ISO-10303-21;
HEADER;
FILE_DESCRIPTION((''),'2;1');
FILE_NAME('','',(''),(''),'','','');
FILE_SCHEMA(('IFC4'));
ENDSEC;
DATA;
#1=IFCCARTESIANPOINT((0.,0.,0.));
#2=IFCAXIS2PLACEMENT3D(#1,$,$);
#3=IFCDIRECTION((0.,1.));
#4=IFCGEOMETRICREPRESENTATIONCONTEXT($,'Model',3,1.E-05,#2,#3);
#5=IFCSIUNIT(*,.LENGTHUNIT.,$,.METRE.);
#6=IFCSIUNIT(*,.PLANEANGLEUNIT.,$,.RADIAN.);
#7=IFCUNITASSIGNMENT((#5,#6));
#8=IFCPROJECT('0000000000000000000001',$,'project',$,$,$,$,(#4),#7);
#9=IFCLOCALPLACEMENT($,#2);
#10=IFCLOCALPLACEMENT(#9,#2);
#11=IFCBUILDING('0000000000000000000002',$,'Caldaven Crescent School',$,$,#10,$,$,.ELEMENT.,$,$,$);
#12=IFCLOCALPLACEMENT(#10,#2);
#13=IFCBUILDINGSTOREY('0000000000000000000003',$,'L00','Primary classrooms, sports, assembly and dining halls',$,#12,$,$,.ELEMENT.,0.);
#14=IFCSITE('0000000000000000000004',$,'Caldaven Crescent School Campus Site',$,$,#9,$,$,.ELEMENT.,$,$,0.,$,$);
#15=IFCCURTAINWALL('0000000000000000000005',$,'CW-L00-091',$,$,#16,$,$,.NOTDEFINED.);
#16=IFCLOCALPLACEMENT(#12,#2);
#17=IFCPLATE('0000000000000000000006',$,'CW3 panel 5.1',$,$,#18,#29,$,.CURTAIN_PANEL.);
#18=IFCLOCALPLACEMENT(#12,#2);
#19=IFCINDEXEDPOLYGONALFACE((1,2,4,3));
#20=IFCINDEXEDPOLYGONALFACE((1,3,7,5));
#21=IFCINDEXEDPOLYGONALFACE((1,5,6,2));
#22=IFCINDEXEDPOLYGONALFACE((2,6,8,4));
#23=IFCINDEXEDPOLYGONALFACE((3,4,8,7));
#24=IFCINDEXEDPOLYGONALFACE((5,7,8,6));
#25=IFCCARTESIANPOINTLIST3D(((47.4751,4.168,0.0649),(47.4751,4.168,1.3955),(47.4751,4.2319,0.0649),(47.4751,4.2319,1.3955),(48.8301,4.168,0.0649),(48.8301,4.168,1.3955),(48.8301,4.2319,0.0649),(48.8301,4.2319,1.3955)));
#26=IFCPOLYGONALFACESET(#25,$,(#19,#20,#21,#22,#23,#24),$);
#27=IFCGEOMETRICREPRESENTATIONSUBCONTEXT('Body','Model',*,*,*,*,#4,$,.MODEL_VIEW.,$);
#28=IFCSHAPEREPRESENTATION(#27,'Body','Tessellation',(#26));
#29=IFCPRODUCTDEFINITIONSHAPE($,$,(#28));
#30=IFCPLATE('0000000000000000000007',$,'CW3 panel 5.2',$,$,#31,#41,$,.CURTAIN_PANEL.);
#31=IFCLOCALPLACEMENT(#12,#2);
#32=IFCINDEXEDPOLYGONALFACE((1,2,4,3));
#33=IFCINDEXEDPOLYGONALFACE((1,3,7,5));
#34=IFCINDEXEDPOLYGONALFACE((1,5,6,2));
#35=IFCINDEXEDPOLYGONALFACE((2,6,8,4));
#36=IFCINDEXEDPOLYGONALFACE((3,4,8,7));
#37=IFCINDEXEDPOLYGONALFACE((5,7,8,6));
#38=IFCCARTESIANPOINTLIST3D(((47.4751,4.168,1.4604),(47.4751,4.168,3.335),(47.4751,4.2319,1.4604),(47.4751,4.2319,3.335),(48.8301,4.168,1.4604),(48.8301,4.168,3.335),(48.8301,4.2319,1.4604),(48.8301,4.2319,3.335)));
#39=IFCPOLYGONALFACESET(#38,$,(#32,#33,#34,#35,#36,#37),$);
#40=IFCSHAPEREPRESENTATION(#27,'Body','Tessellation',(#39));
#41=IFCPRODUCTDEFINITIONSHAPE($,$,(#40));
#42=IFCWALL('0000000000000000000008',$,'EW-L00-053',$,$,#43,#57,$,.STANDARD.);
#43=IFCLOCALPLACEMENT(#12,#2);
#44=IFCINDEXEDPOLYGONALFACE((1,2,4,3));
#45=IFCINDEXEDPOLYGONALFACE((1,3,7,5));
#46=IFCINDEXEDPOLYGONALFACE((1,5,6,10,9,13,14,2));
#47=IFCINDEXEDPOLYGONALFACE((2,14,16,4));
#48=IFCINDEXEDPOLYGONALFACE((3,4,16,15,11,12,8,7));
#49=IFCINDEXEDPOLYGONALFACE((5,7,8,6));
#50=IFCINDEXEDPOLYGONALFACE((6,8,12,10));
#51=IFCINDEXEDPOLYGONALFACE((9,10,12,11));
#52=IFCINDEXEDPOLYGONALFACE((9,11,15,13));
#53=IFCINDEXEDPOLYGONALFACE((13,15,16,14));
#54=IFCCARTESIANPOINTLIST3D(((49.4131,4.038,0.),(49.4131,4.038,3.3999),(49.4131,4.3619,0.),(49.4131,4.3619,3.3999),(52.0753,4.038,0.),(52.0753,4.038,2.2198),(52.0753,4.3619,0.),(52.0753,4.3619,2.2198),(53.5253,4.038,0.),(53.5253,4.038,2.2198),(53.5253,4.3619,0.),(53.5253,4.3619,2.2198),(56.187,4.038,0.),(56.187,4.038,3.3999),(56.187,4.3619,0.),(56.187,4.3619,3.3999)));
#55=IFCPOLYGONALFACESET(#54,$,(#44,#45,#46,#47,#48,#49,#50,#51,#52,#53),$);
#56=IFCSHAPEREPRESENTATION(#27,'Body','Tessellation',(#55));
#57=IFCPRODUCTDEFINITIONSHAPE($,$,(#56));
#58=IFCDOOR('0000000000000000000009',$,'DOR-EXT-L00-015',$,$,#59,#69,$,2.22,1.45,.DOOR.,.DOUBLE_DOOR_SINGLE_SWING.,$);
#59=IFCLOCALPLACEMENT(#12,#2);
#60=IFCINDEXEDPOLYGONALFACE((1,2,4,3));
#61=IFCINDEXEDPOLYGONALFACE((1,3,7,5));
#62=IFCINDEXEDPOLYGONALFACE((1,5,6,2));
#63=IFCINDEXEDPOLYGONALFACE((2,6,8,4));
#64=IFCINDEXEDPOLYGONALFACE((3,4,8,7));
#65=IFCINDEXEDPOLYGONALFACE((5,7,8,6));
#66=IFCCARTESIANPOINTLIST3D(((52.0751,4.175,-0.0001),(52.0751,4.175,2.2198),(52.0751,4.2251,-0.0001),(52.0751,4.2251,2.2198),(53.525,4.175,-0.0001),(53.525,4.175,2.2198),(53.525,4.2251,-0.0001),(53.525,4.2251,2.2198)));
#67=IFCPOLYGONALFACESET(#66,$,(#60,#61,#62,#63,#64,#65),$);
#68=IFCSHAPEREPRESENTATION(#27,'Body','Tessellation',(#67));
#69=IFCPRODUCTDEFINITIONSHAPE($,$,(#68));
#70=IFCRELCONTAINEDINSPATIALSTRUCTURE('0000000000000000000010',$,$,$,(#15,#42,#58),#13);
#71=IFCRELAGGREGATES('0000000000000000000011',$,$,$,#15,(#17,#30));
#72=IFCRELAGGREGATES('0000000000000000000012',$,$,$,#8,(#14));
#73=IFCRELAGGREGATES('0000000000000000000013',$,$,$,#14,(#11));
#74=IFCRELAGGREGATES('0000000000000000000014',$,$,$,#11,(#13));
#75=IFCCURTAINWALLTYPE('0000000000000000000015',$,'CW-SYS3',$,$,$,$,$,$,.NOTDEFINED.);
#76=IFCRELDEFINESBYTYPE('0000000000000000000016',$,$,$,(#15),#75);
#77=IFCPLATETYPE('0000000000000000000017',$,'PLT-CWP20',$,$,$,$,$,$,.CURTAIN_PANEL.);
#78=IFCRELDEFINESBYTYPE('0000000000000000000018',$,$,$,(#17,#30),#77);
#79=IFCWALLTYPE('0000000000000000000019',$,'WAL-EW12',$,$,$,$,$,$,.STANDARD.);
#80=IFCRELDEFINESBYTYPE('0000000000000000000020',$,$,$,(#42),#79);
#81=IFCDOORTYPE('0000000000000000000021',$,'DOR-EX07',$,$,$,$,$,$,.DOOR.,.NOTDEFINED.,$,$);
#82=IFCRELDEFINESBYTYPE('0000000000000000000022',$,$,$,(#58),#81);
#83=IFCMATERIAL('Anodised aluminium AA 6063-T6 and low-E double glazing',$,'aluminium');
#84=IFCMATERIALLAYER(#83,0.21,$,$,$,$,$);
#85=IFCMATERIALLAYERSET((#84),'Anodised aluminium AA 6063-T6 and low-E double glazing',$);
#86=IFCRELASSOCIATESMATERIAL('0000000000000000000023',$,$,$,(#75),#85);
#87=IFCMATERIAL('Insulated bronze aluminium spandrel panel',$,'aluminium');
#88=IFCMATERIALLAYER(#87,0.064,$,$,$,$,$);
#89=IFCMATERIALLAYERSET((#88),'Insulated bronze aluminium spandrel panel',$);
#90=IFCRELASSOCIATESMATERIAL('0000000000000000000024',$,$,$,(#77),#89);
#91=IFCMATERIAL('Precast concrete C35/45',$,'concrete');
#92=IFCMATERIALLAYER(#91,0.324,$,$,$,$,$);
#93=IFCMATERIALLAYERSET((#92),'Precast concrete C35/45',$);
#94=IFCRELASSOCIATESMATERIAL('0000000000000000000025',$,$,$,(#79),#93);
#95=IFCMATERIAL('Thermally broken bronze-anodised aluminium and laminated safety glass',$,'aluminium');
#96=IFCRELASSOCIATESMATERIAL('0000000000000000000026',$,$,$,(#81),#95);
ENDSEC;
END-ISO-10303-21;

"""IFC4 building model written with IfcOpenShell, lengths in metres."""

from ifc_helpers import new_model, si_unit, direction, frame, frame_2d, origin, origin_2d, place, context, subcontext, project, spatial, rectangle, extrude, material, layer, layer_set, type_object, element, fill, aggregate, save


model = new_model("IFC4")

# Units and contexts
model_context = context("Model", 3, precision=1e-05, world=origin(), true_north=direction((0.0, 1.0)))
body_context = subcontext(model_context, "Body", "Model", "MODEL_VIEW")
ifc_project = project(units=[si_unit("LENGTHUNIT", "METRE"), si_unit("PLANEANGLEUNIT", "RADIAN")], contexts=[model_context])

# Site, building, storey
site_placement = place(None, origin())
site = spatial("IfcSite", under=ifc_project, at=site_placement, Name="Caldaven Crescent School Campus Site", CompositionType="ELEMENT", RefElevation=0.0)
building_placement = place(site_placement, origin())
building = spatial("IfcBuilding", under=site, at=building_placement, Name="Caldaven Crescent School", CompositionType="ELEMENT")
storey_placement = place(building_placement, origin())
storey = spatial("IfcBuildingStorey", under=building, at=storey_placement, Name="L00", Description="Primary classrooms, sports, assembly and dining halls", CompositionType="ELEMENT", Elevation=0.0)

# Curtain wall
ifc_material_1 = material(Name="Anodised aluminium AA 6063-T6 and low-E double glazing", Category="aluminium")
ifc_layer_1 = layer(ifc_material_1, 0.21)
ifc_layer_set_1 = layer_set([ifc_layer_1], Name="Anodised aluminium AA 6063-T6 and low-E double glazing")
curtain_wall_type = type_object("IfcCurtainWallType", Name="CW-SYS3", PredefinedType="NOTDEFINED", material=ifc_layer_set_1)
curtain_wall_placement = place(storey_placement, origin())
curtain_wall = element("IfcCurtainWall", 1, at=curtain_wall_placement, inside=storey, type_object=curtain_wall_type, Name="CW-L00-091", PredefinedType="NOTDEFINED")

# Plates
ifc_material_2 = material(Name="Insulated bronze aluminium spandrel panel", Category="aluminium")
ifc_layer_2 = layer(ifc_material_2, 0.064)
ifc_layer_set_2 = layer_set([ifc_layer_2], Name="Insulated bronze aluminium spandrel panel")
plate_type = type_object("IfcPlateType", Name="PLT-CWP20", PredefinedType="CURTAIN_PANEL", material=ifc_layer_set_2)
plate_1_placement = place(storey_placement, frame((48.1526, 4.2, 0.0649), z_axis=(0.0, 0.0, 1.0), x_axis=(1.0, 0.0, 0.0)))
plate_1 = element("IfcPlate", 2, at=plate_1_placement, type_object=plate_type, Name="CW3 panel 5.1", PredefinedType="CURTAIN_PANEL", context=body_context, shape_type="SweptSolid", body=[
    extrude(rectangle(XDim=1.355, YDim=0.064, at=origin_2d()), origin(), (0.0, 0.0, 1.0), 1.3306),
])
plate_2_placement = place(storey_placement, frame((48.1526, 4.2, 1.4604), z_axis=(0.0, 0.0, 1.0), x_axis=(1.0, 0.0, 0.0)))
plate_2 = element("IfcPlate", 3, at=plate_2_placement, type_object=plate_type, Name="CW3 panel 5.2", PredefinedType="CURTAIN_PANEL", context=body_context, shape_type="SweptSolid", body=[
    extrude(rectangle(XDim=1.355, YDim=0.064, at=origin_2d()), origin(), (0.0, 0.0, 1.0), 1.8745),
])
aggregate(curtain_wall, [plate_1, plate_2])

# Wall, opening, door
ifc_material_3 = material(Name="Precast concrete C35/45", Category="concrete")
ifc_layer_3 = layer(ifc_material_3, 0.324)
ifc_layer_set_3 = layer_set([ifc_layer_3], Name="Precast concrete C35/45")
wall_type = type_object("IfcWallType", Name="WAL-EW12", PredefinedType="STANDARD", material=ifc_layer_set_3)
wall_placement = place(storey_placement, frame((49.4131, 4.2, 0.0), z_axis=(0.0, 0.0, 1.0), x_axis=(1.0, 0.0, 0.0)))
wall = element("IfcWall", 4, at=wall_placement, inside=storey, type_object=wall_type, Name="EW-L00-053", PredefinedType="STANDARD", context=body_context, shape_type="SweptSolid", body=[
    extrude(rectangle(XDim=6.7739, YDim=0.324, at=frame_2d((3.387, 0.0))), origin(), (0.0, 0.0, 1.0), 3.3999),
])
opening_placement = place(wall_placement, frame((2.6621, 0.0, 0.0)))
opening = element("IfcOpeningElement", 5, at=opening_placement, cuts=wall, PredefinedType="OPENING", context=body_context, shape_type="SweptSolid", body=[
    extrude(rectangle(XDim=1.45, YDim=2.22, at=frame_2d((0.7251, 1.1099))), frame((0.0, 0.1719, 0.0), z_axis=(0.0, -1.0, 0.0), x_axis=(1.0, 0.0, 0.0)), (0.0, 0.0, 1.0), 0.344),
])
ifc_material_4 = material(Name="Thermally broken bronze-anodised aluminium and laminated safety glass", Category="aluminium")
door_type = type_object("IfcDoorType", Name="DOR-EX07", OperationType="NOTDEFINED", PredefinedType="DOOR", material=ifc_material_4)
door_placement = place(opening_placement, frame((1.45, 0.0, 0.0), z_axis=(0.0, 0.0, 1.0), x_axis=(-1.0, 0.0, 0.0)))
door = element("IfcDoor", 6, at=door_placement, inside=storey, type_object=door_type, Name="DOR-EXT-L00-015", OperationType="DOUBLE_DOOR_SINGLE_SWING", OverallHeight=2.22, OverallWidth=1.45, PredefinedType="DOOR", context=body_context, shape_type="SweptSolid", body=[
    extrude(rectangle(XDim=1.45, YDim=2.22, at=frame_2d((0.7251, 1.1099))), frame((0.0, 0.0249, 0.0), z_axis=(0.0, -1.0, 0.0), x_axis=(1.0, 0.0, 0.0)), (0.0, 0.0, 1.0), 0.05),
])
fill(opening, door)

save(model, "model.ifc")
